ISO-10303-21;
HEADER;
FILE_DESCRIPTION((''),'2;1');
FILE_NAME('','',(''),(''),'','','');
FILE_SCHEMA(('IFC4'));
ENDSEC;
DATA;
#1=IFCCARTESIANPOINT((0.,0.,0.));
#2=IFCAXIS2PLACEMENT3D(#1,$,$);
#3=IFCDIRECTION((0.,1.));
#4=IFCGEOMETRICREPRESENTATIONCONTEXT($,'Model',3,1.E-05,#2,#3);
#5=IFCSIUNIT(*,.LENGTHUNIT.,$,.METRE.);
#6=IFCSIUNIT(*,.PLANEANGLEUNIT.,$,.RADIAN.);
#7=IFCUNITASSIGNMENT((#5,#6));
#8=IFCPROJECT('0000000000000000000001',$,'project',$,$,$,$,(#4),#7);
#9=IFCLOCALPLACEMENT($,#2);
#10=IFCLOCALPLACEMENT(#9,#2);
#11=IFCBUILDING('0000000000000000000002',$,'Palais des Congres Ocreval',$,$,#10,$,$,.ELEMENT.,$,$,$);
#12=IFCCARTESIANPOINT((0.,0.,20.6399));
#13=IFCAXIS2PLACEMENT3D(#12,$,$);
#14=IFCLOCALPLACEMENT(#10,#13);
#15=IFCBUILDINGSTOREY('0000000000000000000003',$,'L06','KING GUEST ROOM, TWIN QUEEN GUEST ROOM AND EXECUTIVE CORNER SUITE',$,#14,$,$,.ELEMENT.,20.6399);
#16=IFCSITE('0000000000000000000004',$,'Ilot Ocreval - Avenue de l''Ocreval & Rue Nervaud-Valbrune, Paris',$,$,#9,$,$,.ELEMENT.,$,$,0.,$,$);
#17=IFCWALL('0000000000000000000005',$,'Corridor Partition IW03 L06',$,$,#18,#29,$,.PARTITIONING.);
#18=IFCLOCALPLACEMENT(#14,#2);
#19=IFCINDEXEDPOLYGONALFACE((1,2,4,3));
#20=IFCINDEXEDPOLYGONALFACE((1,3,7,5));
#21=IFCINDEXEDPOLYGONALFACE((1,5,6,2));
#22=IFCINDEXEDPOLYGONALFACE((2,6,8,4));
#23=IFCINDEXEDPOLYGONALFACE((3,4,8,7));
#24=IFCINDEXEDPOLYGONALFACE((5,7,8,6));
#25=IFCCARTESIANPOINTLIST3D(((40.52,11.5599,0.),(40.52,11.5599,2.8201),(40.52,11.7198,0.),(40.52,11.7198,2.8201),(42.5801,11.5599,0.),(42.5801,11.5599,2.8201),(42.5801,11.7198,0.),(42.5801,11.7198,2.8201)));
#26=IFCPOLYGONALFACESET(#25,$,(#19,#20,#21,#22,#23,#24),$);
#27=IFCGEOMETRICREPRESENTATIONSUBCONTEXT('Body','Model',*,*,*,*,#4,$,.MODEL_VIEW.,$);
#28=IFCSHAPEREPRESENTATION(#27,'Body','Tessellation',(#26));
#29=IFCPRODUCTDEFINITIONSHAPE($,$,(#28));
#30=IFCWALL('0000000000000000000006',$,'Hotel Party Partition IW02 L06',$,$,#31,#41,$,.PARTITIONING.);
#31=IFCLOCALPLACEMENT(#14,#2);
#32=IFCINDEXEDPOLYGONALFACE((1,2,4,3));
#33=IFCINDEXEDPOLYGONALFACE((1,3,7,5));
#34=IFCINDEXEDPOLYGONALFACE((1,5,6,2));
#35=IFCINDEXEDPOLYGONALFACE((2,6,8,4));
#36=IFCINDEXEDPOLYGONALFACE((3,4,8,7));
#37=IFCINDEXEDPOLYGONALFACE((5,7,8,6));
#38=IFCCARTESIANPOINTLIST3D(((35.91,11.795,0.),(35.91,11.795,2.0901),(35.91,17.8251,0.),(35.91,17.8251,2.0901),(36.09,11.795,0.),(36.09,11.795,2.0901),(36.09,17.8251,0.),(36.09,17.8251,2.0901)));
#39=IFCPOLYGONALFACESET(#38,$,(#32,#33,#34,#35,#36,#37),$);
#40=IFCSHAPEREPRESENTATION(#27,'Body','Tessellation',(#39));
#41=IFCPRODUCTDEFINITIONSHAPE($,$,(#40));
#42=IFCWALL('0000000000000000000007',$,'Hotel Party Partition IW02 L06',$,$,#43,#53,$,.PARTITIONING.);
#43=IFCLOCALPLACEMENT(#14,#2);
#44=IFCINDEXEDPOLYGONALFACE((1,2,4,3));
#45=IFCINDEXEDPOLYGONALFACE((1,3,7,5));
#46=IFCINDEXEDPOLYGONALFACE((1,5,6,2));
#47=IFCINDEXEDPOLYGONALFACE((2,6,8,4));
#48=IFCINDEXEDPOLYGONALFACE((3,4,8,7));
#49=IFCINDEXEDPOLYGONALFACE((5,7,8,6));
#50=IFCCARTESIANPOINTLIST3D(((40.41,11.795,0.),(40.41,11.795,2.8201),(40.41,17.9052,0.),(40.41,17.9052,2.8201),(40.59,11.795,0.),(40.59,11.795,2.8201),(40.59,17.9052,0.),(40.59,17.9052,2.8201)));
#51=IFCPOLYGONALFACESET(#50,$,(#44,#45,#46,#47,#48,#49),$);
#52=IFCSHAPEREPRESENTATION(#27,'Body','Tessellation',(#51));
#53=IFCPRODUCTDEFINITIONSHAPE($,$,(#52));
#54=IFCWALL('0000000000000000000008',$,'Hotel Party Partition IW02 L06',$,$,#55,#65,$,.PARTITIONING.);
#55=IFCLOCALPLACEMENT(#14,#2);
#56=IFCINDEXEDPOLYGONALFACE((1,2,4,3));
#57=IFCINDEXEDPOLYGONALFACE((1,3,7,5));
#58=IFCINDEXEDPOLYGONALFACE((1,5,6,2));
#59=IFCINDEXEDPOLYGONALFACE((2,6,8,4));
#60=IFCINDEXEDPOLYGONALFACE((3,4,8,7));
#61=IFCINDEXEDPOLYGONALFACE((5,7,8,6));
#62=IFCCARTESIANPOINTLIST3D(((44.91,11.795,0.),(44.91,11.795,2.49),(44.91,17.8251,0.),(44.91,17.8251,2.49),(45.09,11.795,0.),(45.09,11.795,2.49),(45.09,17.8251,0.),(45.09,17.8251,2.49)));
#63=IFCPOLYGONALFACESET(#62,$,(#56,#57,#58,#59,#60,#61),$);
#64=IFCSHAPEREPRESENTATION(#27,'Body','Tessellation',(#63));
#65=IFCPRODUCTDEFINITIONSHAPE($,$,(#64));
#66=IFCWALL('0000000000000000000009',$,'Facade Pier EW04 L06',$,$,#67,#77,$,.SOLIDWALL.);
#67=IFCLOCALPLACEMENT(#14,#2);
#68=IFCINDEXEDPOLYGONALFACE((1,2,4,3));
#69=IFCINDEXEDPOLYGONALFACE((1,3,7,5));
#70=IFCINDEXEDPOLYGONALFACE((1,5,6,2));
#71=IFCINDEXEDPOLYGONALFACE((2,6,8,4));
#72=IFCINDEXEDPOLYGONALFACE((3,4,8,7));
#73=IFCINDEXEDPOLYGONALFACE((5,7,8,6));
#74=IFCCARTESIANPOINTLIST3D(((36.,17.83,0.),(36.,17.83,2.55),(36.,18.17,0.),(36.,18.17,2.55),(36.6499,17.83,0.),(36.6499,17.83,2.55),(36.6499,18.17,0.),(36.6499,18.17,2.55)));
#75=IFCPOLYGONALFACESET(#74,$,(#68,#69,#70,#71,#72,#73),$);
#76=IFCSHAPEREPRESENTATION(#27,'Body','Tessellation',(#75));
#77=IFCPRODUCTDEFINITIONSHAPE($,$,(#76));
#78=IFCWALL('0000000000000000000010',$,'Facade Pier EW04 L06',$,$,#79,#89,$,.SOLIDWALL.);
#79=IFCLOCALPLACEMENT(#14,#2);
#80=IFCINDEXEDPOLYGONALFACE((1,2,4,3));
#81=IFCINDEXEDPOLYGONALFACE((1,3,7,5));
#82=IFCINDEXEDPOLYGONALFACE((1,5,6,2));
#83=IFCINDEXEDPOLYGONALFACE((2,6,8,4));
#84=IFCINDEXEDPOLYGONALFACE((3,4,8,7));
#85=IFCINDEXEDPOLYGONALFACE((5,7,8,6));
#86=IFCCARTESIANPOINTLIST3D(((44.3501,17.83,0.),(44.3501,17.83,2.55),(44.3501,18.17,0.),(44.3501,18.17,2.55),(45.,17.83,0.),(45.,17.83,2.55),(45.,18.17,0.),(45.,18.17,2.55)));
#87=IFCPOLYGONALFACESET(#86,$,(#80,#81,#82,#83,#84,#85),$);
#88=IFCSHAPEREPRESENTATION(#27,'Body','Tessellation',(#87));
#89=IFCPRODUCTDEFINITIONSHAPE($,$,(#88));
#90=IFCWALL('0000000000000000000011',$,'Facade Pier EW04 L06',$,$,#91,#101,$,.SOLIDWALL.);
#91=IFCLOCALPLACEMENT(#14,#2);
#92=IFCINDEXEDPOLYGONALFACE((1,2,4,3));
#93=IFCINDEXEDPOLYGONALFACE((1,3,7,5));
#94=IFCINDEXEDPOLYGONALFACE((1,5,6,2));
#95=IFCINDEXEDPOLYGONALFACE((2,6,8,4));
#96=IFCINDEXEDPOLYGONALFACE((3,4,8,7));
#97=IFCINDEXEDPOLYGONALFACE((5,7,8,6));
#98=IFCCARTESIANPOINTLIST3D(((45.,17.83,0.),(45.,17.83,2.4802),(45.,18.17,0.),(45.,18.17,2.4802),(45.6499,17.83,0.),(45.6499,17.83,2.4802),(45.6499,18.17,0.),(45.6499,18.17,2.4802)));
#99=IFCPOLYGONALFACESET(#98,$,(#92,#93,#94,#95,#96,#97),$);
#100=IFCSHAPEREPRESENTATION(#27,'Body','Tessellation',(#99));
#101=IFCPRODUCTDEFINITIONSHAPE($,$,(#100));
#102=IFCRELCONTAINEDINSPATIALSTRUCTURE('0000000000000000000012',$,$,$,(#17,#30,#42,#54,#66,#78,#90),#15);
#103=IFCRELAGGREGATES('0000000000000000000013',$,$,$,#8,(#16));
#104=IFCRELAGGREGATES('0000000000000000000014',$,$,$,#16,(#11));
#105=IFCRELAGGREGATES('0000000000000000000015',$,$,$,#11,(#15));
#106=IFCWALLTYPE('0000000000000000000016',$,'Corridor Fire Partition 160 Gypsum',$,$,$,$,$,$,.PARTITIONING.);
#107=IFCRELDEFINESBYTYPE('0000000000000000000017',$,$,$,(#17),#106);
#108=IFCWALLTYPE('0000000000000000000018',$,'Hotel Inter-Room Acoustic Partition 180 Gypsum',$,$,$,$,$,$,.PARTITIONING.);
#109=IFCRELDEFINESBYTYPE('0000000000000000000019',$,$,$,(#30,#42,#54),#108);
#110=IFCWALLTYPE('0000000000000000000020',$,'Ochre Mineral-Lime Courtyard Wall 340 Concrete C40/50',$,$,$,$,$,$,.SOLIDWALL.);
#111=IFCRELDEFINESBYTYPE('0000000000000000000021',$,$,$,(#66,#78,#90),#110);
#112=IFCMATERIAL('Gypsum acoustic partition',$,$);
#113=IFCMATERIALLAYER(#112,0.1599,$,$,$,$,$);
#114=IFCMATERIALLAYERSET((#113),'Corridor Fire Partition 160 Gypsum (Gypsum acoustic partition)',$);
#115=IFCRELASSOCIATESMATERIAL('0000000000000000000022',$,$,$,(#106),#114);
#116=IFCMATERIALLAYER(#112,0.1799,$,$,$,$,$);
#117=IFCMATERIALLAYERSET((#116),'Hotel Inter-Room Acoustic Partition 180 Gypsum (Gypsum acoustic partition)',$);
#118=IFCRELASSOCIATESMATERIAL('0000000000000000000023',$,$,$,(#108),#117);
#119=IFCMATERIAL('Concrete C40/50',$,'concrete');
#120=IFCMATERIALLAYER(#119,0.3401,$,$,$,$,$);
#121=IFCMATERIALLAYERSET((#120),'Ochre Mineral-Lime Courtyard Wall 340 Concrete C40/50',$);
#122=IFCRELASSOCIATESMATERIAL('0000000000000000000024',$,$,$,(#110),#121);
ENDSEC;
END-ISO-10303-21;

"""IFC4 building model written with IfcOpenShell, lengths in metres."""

from ifc_helpers import new_model, si_unit, direction, frame, frame_2d, origin, place, context, subcontext, project, spatial, rectangle, extrude, material, layer, layer_set, type_object, element, save


model = new_model("IFC4")

# Units and contexts
model_context = context("Model", 3, precision=1e-05, world=origin(), true_north=direction((0.0, 1.0)))
body_context = subcontext(model_context, "Body", "Model", "MODEL_VIEW")
ifc_project = project(units=[si_unit("LENGTHUNIT", "METRE"), si_unit("PLANEANGLEUNIT", "RADIAN")], contexts=[model_context])

# Site, building, storey
site_placement = place(None, origin())
site = spatial("IfcSite", under=ifc_project, at=site_placement, Name="Ilot Ocreval - Avenue de l'Ocreval & Rue Nervaud-Valbrune, Paris", CompositionType="ELEMENT", RefElevation=0.0)
building_placement = place(site_placement, origin())
building = spatial("IfcBuilding", under=site, at=building_placement, Name="Palais des Congres Ocreval", CompositionType="ELEMENT")
storey_placement = place(building_placement, frame((0.0, 0.0, 20.6399)))
storey = spatial("IfcBuildingStorey", under=building, at=storey_placement, Name="L06", Description="KING GUEST ROOM, TWIN QUEEN GUEST ROOM AND EXECUTIVE CORNER SUITE", CompositionType="ELEMENT", Elevation=20.6399)

# Shared definitions
ifc_material_1 = material(Name="Concrete C40/50", Category="concrete")

# Walls
ifc_material_2 = material(Name="Gypsum acoustic partition")
ifc_layer_1 = layer(ifc_material_2, 0.1599)
ifc_layer_set_1 = layer_set([ifc_layer_1], Name="Corridor Fire Partition 160 Gypsum (Gypsum acoustic partition)")
wall_type_1 = type_object("IfcWallType", Name="Corridor Fire Partition 160 Gypsum", PredefinedType="PARTITIONING", material=ifc_layer_set_1)
wall_1_placement = place(storey_placement, frame((40.52, 11.6399, 0.0), z_axis=(0.0, 0.0, 1.0), x_axis=(1.0, 0.0, 0.0)))
element("IfcWall", 1, at=wall_1_placement, inside=storey, type_object=wall_type_1, Name="Corridor Partition IW03 L06", PredefinedType="PARTITIONING", context=body_context, shape_type="SweptSolid", body=[
    extrude(rectangle(XDim=2.0601, YDim=0.1599, at=frame_2d((1.03, 0.0))), origin(), (0.0, 0.0, 1.0), 2.8201),
])
ifc_layer_2 = layer(ifc_material_2, 0.1799)
ifc_layer_set_2 = layer_set([ifc_layer_2], Name="Hotel Inter-Room Acoustic Partition 180 Gypsum (Gypsum acoustic partition)")
wall_type_2 = type_object("IfcWallType", Name="Hotel Inter-Room Acoustic Partition 180 Gypsum", PredefinedType="PARTITIONING", material=ifc_layer_set_2)
wall_2_placement = place(storey_placement, frame((36.0, 11.7949, 0.0), z_axis=(0.0, 0.0, 1.0), x_axis=(0.0, 1.0, 0.0)))
element("IfcWall", 2, at=wall_2_placement, inside=storey, type_object=wall_type_2, Name="Hotel Party Partition IW02 L06", PredefinedType="PARTITIONING", context=body_context, shape_type="SweptSolid", body=[
    extrude(rectangle(XDim=6.03, YDim=0.1799, at=frame_2d((3.0151, 0.0))), origin(), (0.0, 0.0, 1.0), 2.0901),
])
wall_3_placement = place(storey_placement, frame((40.5, 11.7949, 0.0), z_axis=(0.0, 0.0, 1.0), x_axis=(0.0, 1.0, 0.0)))
element("IfcWall", 3, at=wall_3_placement, inside=storey, type_object=wall_type_2, Name="Hotel Party Partition IW02 L06", PredefinedType="PARTITIONING", context=body_context, shape_type="SweptSolid", body=[
    extrude(rectangle(XDim=6.1101, YDim=0.1799, at=frame_2d((3.0552, 0.0))), origin(), (0.0, 0.0, 1.0), 2.8201),
])
wall_4_placement = place(storey_placement, frame((45.0, 11.7949, 0.0), z_axis=(0.0, 0.0, 1.0), x_axis=(0.0, 1.0, 0.0)))
element("IfcWall", 4, at=wall_4_placement, inside=storey, type_object=wall_type_2, Name="Hotel Party Partition IW02 L06", PredefinedType="PARTITIONING", context=body_context, shape_type="SweptSolid", body=[
    extrude(rectangle(XDim=6.03, YDim=0.1799, at=frame_2d((3.0151, 0.0))), origin(), (0.0, 0.0, 1.0), 2.49),
])
ifc_layer_3 = layer(ifc_material_1, 0.3401)
ifc_layer_set_3 = layer_set([ifc_layer_3], Name="Ochre Mineral-Lime Courtyard Wall 340 Concrete C40/50")
wall_type_3 = type_object("IfcWallType", Name="Ochre Mineral-Lime Courtyard Wall 340 Concrete C40/50", PredefinedType="SOLIDWALL", material=ifc_layer_set_3)
for number, where, z_axis, x_axis, name in (
    (5, (36.0, 18.0, 0.0), (0.0, 0.0, 1.0), (1.0, 0.0, 0.0), "Facade Pier EW04 L06"),
    (6, (44.3501, 18.0, 0.0), (0.0, 0.0, 1.0), (1.0, 0.0, 0.0), "Facade Pier EW04 L06"),
):
    element("IfcWall", number, at=place(storey_placement, frame(where, z_axis=z_axis, x_axis=x_axis)), inside=storey, type_object=wall_type_3, Name=name, PredefinedType="SOLIDWALL", context=body_context, shape_type="SweptSolid", body=[
        extrude(rectangle(XDim=0.6499, YDim=0.3401, at=frame_2d((0.325, 0.0))), origin(), (0.0, 0.0, 1.0), 2.55),
    ])
wall_5_placement = place(storey_placement, frame((45.0, 18.0, 0.0), z_axis=(0.0, 0.0, 1.0), x_axis=(1.0, 0.0, 0.0)))
element("IfcWall", 7, at=wall_5_placement, inside=storey, type_object=wall_type_3, Name="Facade Pier EW04 L06", PredefinedType="SOLIDWALL", context=body_context, shape_type="SweptSolid", body=[
    extrude(rectangle(XDim=0.6499, YDim=0.3401, at=frame_2d((0.325, 0.0))), origin(), (0.0, 0.0, 1.0), 2.4802),
])

save(model, "model.ifc")
